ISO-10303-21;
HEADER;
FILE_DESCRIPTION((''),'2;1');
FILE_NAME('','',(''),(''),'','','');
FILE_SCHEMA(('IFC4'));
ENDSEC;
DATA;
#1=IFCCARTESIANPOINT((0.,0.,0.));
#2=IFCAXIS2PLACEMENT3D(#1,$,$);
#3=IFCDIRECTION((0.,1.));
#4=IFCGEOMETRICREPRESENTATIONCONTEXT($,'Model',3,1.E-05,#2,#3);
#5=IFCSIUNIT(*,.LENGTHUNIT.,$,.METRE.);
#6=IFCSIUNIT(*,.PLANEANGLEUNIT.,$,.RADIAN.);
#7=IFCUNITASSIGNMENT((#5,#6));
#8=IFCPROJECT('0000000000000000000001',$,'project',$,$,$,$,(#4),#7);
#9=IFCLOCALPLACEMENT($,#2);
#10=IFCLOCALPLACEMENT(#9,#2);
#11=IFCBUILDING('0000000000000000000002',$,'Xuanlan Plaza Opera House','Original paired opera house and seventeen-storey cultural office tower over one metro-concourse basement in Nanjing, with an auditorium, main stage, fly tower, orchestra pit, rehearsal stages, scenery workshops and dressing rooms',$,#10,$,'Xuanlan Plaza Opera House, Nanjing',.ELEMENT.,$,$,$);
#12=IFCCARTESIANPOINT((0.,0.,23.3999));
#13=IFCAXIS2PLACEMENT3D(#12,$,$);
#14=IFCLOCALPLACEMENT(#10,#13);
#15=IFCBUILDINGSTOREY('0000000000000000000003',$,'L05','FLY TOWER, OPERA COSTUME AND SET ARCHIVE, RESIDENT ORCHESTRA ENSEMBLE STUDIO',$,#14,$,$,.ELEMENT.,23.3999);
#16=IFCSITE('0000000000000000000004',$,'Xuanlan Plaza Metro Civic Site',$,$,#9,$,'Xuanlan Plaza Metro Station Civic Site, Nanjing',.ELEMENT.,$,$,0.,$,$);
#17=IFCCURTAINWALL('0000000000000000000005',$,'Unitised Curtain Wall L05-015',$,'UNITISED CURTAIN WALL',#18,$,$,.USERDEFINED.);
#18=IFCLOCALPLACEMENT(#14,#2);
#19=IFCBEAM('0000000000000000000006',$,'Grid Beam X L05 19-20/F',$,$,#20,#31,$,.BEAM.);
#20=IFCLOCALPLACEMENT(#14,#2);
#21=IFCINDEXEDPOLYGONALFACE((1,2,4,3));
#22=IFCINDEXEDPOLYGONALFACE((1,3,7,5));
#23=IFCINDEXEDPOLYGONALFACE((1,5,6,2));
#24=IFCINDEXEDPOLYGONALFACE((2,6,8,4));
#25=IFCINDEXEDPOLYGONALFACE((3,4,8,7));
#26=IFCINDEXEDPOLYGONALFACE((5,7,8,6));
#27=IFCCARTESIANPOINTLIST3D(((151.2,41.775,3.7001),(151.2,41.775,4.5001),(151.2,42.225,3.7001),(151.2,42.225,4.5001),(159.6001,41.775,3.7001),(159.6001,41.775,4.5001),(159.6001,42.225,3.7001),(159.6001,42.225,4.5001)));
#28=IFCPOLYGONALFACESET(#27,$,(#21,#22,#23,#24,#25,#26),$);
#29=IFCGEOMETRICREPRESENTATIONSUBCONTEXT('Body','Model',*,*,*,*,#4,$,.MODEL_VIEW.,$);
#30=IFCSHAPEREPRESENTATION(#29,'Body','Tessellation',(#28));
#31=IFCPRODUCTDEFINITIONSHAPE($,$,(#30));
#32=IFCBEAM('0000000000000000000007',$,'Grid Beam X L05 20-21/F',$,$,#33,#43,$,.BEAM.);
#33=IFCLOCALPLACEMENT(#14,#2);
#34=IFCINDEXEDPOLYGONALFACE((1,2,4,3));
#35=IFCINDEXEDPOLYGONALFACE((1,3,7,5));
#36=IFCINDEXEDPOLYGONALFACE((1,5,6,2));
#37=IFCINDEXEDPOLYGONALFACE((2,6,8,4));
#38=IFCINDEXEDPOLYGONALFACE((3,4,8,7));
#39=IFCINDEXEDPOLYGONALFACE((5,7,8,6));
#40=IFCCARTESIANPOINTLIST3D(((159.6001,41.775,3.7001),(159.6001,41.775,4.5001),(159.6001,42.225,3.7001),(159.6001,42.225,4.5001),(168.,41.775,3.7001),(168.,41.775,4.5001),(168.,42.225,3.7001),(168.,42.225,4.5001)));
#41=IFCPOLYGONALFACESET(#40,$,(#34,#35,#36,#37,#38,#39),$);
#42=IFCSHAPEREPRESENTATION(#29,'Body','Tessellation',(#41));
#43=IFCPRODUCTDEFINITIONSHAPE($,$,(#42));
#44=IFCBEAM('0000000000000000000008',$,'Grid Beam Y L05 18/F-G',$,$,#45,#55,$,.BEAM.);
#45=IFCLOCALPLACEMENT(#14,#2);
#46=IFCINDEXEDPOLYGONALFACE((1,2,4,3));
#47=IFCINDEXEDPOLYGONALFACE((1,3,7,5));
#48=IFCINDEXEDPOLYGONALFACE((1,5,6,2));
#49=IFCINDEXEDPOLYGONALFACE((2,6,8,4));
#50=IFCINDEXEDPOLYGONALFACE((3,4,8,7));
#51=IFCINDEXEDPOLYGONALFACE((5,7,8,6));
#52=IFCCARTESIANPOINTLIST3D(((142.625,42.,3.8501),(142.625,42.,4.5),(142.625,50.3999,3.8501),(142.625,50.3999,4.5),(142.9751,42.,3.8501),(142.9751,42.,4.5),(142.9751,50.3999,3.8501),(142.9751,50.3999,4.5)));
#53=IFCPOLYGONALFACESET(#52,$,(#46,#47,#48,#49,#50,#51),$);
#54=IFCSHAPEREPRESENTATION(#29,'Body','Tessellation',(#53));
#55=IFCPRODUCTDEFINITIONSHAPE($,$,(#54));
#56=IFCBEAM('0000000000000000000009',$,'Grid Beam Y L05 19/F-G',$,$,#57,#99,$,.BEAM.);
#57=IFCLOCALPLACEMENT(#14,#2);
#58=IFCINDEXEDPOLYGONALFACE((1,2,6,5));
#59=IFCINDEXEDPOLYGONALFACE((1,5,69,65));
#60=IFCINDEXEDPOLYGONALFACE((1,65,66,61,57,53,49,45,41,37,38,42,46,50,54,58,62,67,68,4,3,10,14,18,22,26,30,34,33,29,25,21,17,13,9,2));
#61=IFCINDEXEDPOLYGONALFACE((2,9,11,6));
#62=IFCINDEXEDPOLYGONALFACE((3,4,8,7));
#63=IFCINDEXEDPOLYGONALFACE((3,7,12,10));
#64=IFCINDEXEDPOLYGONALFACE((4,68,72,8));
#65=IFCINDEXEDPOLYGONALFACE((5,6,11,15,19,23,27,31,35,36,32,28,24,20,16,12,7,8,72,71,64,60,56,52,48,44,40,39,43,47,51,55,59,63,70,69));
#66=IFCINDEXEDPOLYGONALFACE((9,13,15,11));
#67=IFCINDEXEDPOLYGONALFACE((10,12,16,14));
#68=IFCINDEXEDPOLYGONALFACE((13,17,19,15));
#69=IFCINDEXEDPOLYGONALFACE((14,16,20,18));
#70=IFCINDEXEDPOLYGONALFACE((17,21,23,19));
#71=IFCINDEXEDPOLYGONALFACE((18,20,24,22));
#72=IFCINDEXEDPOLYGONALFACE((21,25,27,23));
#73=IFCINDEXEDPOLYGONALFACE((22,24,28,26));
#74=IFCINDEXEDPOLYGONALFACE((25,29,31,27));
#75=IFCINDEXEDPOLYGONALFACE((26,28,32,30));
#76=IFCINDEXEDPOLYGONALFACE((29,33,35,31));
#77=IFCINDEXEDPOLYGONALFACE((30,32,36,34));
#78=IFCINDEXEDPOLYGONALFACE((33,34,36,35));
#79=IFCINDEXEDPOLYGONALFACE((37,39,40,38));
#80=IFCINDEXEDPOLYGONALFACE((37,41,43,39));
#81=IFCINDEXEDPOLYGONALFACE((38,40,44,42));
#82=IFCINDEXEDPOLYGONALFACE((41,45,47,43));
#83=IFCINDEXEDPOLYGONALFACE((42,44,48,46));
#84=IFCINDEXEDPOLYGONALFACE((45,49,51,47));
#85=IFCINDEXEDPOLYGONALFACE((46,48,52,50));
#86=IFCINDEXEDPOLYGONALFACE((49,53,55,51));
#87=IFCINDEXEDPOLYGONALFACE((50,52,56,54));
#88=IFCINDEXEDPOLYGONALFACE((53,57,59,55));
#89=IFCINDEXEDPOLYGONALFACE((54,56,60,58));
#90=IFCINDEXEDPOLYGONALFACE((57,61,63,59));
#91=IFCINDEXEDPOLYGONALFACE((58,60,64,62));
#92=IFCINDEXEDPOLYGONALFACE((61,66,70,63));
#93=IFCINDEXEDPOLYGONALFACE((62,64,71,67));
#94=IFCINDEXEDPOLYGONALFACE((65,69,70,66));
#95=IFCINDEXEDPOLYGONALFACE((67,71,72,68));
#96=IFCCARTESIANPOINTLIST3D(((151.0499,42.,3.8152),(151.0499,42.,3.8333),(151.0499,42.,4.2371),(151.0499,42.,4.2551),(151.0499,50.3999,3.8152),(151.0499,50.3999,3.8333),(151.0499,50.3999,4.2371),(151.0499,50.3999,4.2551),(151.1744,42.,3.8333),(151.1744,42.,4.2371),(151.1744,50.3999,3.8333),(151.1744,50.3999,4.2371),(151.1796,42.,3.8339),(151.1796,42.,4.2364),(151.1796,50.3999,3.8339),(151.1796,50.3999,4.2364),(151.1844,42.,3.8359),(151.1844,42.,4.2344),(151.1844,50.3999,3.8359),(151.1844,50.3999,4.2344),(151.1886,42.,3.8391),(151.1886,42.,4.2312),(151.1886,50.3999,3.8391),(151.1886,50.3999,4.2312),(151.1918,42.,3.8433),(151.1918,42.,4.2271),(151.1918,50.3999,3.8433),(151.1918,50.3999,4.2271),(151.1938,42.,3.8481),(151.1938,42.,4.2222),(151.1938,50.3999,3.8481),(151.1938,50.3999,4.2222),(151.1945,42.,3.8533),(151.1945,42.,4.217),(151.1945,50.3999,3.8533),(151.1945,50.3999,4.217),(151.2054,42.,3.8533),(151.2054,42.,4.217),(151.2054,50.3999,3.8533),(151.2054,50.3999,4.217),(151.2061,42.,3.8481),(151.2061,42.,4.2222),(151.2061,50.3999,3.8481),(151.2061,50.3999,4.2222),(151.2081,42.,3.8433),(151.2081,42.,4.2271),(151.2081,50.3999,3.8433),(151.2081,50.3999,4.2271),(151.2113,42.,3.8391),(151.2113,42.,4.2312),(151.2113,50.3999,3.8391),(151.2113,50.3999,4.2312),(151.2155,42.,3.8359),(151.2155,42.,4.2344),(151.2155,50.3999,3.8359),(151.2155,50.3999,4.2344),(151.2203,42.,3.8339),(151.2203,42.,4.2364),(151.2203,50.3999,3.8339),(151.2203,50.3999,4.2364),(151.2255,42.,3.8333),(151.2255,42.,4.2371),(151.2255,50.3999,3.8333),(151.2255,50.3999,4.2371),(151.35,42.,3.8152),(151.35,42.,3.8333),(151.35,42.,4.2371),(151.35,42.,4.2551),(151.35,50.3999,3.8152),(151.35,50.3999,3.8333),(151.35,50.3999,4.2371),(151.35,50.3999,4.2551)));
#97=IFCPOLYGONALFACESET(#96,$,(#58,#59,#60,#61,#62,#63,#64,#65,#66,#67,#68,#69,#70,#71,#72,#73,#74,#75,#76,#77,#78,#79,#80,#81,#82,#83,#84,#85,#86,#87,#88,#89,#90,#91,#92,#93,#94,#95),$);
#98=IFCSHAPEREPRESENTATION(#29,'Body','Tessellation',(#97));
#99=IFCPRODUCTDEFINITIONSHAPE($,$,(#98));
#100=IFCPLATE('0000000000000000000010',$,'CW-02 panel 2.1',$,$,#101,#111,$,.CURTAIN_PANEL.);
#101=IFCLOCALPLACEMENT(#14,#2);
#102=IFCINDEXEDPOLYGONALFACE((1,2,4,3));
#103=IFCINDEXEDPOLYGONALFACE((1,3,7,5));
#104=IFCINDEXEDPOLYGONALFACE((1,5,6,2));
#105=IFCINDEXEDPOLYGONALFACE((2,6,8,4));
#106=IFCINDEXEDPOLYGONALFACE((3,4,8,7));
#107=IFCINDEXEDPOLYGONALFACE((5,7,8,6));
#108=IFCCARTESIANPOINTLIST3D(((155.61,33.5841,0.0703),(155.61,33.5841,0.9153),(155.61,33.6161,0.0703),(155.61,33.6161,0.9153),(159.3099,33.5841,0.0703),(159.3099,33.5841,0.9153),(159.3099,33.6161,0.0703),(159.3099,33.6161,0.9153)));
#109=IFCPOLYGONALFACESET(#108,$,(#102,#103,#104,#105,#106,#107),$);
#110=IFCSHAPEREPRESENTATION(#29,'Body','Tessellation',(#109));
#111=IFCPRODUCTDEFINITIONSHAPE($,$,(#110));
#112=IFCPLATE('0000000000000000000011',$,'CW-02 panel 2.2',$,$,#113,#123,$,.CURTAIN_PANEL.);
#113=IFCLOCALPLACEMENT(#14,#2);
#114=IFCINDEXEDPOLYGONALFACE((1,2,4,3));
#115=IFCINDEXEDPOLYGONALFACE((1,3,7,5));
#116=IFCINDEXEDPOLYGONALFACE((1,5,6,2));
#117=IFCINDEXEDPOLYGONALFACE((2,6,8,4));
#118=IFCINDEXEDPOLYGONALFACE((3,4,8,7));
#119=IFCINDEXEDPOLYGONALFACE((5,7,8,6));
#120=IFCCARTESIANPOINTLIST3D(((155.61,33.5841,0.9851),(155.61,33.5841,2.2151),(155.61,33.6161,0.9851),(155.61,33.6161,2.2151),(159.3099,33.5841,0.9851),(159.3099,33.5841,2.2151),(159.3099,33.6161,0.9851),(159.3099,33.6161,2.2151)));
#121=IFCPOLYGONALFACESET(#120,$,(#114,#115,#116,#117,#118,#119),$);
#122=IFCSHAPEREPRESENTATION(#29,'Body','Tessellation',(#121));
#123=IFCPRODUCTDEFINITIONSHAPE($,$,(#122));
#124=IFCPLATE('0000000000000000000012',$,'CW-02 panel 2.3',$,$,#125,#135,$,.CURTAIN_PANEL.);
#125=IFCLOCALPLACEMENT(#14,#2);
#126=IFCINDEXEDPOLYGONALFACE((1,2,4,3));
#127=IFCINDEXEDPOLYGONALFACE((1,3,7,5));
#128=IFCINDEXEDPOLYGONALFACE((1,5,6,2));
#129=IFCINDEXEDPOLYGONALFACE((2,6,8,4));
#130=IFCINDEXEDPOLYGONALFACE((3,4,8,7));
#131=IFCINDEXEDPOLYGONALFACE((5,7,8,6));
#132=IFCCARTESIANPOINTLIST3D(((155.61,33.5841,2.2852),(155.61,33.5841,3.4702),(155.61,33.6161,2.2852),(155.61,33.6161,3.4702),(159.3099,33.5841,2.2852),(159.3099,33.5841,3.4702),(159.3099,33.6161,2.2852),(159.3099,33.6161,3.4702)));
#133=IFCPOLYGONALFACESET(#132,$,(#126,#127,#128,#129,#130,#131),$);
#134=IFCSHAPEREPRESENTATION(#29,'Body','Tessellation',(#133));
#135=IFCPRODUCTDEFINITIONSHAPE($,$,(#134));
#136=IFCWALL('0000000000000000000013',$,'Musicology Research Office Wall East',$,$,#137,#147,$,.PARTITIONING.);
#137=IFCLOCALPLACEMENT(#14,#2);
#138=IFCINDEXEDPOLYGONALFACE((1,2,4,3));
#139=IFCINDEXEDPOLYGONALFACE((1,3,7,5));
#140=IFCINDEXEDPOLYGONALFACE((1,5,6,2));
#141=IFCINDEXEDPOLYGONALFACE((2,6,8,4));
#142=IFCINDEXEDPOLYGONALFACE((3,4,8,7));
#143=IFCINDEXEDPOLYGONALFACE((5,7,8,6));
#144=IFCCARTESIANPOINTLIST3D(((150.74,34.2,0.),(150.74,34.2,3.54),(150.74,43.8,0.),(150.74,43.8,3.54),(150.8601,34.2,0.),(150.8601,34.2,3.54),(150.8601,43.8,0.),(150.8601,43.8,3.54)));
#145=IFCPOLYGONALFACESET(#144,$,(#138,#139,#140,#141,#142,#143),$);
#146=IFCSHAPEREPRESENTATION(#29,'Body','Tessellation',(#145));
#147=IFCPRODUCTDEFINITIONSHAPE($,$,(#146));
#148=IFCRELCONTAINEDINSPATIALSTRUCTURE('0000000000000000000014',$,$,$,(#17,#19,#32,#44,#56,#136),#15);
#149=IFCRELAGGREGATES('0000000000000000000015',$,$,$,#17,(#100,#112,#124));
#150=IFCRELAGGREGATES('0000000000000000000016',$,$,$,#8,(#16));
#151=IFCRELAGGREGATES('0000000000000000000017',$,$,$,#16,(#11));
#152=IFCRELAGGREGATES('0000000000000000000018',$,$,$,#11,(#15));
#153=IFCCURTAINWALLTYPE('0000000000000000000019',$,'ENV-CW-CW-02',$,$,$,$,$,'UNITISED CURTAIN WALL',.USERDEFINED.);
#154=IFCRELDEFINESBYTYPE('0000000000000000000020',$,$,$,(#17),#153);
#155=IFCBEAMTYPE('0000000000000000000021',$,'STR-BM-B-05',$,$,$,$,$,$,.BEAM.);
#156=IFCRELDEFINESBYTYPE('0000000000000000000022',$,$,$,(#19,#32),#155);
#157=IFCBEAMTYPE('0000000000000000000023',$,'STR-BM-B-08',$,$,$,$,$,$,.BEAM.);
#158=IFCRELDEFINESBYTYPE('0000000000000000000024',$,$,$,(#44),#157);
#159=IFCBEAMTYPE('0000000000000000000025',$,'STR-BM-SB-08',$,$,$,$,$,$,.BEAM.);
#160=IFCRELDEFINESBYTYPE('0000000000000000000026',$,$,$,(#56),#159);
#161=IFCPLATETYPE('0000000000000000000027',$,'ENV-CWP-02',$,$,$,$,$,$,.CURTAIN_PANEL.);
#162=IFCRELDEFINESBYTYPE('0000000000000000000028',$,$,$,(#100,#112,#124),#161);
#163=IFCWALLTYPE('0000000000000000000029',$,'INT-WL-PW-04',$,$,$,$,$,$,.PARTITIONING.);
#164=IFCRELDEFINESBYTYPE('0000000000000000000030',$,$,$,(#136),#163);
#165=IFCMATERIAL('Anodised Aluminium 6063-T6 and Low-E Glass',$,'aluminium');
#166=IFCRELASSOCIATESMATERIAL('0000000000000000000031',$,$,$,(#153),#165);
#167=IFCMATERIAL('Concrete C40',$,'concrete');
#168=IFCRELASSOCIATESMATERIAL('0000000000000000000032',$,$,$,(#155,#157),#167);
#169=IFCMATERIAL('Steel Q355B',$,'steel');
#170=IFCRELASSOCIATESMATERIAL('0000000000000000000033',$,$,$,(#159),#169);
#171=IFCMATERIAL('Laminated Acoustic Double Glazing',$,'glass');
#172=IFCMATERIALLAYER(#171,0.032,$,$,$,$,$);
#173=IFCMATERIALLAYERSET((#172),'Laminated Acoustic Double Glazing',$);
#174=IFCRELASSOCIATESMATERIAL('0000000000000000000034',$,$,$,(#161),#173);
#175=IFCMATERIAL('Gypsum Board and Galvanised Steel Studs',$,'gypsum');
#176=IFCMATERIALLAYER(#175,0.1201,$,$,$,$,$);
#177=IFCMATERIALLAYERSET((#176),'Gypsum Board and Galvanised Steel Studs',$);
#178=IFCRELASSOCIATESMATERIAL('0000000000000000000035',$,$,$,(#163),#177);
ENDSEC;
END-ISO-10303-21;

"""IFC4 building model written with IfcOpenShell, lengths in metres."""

from ifc_helpers import new_model, si_unit, direction, frame, frame_2d, origin, origin_2d, place, context, subcontext, project, spatial, rectangle, i_section, extrude, material, layer, layer_set, material_profile, profile_set, type_object, element, aggregate, save


model = new_model("IFC4")

# Units and contexts
model_context = context("Model", 3, precision=1e-05, world=origin(), true_north=direction((0.0, 1.0)))
body_context = subcontext(model_context, "Body", "Model", "MODEL_VIEW")
ifc_project = project(units=[si_unit("LENGTHUNIT", "METRE"), si_unit("PLANEANGLEUNIT", "RADIAN")], contexts=[model_context])

# Site, building, storey
site_placement = place(None, origin())
site = spatial("IfcSite", under=ifc_project, at=site_placement, Name="Xuanlan Plaza Metro Civic Site", LongName="Xuanlan Plaza Metro Station Civic Site, Nanjing", CompositionType="ELEMENT", RefElevation=0.0)
building_placement = place(site_placement, origin())
building = spatial("IfcBuilding", under=site, at=building_placement, Name="Xuanlan Plaza Opera House", Description="Original paired opera house and seventeen-storey cultural office tower over one metro-concourse basement in Nanjing, with an auditorium, main stage, fly tower, orchestra pit, rehearsal stages, scenery workshops and dressing rooms", LongName="Xuanlan Plaza Opera House, Nanjing", CompositionType="ELEMENT")
storey_placement = place(building_placement, frame((0.0, 0.0, 23.3999)))
storey = spatial("IfcBuildingStorey", under=building, at=storey_placement, Name="L05", Description="FLY TOWER, OPERA COSTUME AND SET ARCHIVE, RESIDENT ORCHESTRA ENSEMBLE STUDIO", CompositionType="ELEMENT", Elevation=23.3999)

# Shared definitions
ifc_material_1 = material(Name="Steel Q355B", Category="steel")

# Curtain wall
ifc_material_2 = material(Name="Anodised Aluminium 6063-T6 and Low-E Glass", Category="aluminium")
curtain_wall_type = type_object("IfcCurtainWallType", Name="ENV-CW-CW-02", ElementType="UNITISED CURTAIN WALL", PredefinedType="USERDEFINED", material=ifc_material_2)
curtain_wall_placement = place(storey_placement, origin())
curtain_wall = element("IfcCurtainWall", 1, at=curtain_wall_placement, inside=storey, type_object=curtain_wall_type, Name="Unitised Curtain Wall L05-015", ObjectType="UNITISED CURTAIN WALL", PredefinedType="USERDEFINED")

# Beams
ifc_material_3 = material(Name="Concrete C40", Category="concrete")
ifc_material_profile_1 = material_profile(ifc_material_3, rectangle(XDim=0.45, YDim=0.8, at=origin_2d()), Name="RC-BM 450x800")
ifc_profile_set_1 = profile_set([ifc_material_profile_1], Name="Concrete C40")
beam_type_1 = type_object("IfcBeamType", Name="STR-BM-B-05", PredefinedType="BEAM", material=ifc_profile_set_1)
beam_1_placement = place(storey_placement, frame((151.2, 42.0, 4.1001), z_axis=(1.0, 0.0, 0.0), x_axis=(0.0, 1.0, 0.0)))
element("IfcBeam", 2, at=beam_1_placement, inside=storey, type_object=beam_type_1, Name="Grid Beam X L05 19-20/F", PredefinedType="BEAM", context=body_context, shape_type="SweptSolid", body=[
    extrude(rectangle(XDim=0.45, YDim=0.8, at=origin_2d()), origin(), (0.0, 0.0, 1.0), 8.4001),
])
beam_2_placement = place(storey_placement, frame((159.6001, 42.0, 4.1001), z_axis=(1.0, 0.0, 0.0), x_axis=(0.0, 1.0, 0.0)))
element("IfcBeam", 3, at=beam_2_placement, inside=storey, type_object=beam_type_1, Name="Grid Beam X L05 20-21/F", PredefinedType="BEAM", context=body_context, shape_type="SweptSolid", body=[
    extrude(rectangle(XDim=0.45, YDim=0.8, at=origin_2d()), origin(), (0.0, 0.0, 1.0), 8.3999),
])
ifc_material_profile_2 = material_profile(ifc_material_3, rectangle(XDim=0.3501, YDim=0.6499, at=origin_2d()), Name="RC-BM 350x650")
ifc_profile_set_2 = profile_set([ifc_material_profile_2], Name="Concrete C40")
beam_type_2 = type_object("IfcBeamType", Name="STR-BM-B-08", PredefinedType="BEAM", material=ifc_profile_set_2)
beam_3_placement = place(storey_placement, frame((142.8, 42.0, 4.175), z_axis=(0.0, 1.0, 0.0), x_axis=(-1.0, 0.0, 0.0)))
element("IfcBeam", 4, at=beam_3_placement, inside=storey, type_object=beam_type_2, Name="Grid Beam Y L05 18/F-G", PredefinedType="BEAM", context=body_context, shape_type="SweptSolid", body=[
    extrude(rectangle(XDim=0.3501, YDim=0.6499, at=origin_2d()), origin(), (0.0, 0.0, 1.0), 8.3999),
])
ifc_material_profile_3 = material_profile(ifc_material_1, i_section(OverallWidth=0.3, OverallDepth=0.4399, WebThickness=0.011, FlangeThickness=0.0181, FilletRadius=0.02, at=origin_2d()), Name="HM 440x300x11x18")
ifc_profile_set_3 = profile_set([ifc_material_profile_3], Name="Steel Q355B")
beam_type_3 = type_object("IfcBeamType", Name="STR-BM-SB-08", PredefinedType="BEAM", material=ifc_profile_set_3)
beam_4_placement = place(storey_placement, frame((151.2, 42.0, 4.0352), z_axis=(0.0, 1.0, 0.0), x_axis=(-1.0, 0.0, 0.0)))
element("IfcBeam", 5, at=beam_4_placement, inside=storey, type_object=beam_type_3, Name="Grid Beam Y L05 19/F-G", PredefinedType="BEAM", context=body_context, shape_type="SweptSolid", body=[
    extrude(i_section(OverallWidth=0.3, OverallDepth=0.4399, WebThickness=0.011, FlangeThickness=0.0181, FilletRadius=0.02, at=origin_2d()), origin(), (0.0, 0.0, 1.0), 8.3999),
])

# Plates
ifc_material_4 = material(Name="Laminated Acoustic Double Glazing", Category="glass")
ifc_layer_1 = layer(ifc_material_4, 0.032)
ifc_layer_set_1 = layer_set([ifc_layer_1], Name="Laminated Acoustic Double Glazing")
plate_type = type_object("IfcPlateType", Name="ENV-CWP-02", PredefinedType="CURTAIN_PANEL", material=ifc_layer_set_1)
plate_1_placement = place(storey_placement, frame((157.46, 33.6001, 0.0703), z_axis=(0.0, 0.0, 1.0), x_axis=(1.0, 0.0, 0.0)))
plate_1 = element("IfcPlate", 6, at=plate_1_placement, type_object=plate_type, Name="CW-02 panel 2.1", PredefinedType="CURTAIN_PANEL", context=body_context, shape_type="SweptSolid", body=[
    extrude(rectangle(XDim=3.7, YDim=0.032, at=origin_2d()), origin(), (0.0, 0.0, 1.0), 0.845),
])
plate_2_placement = place(storey_placement, frame((157.46, 33.6001, 0.9851), z_axis=(0.0, 0.0, 1.0), x_axis=(1.0, 0.0, 0.0)))
plate_2 = element("IfcPlate", 7, at=plate_2_placement, type_object=plate_type, Name="CW-02 panel 2.2", PredefinedType="CURTAIN_PANEL", context=body_context, shape_type="SweptSolid", body=[
    extrude(rectangle(XDim=3.7, YDim=0.032, at=origin_2d()), origin(), (0.0, 0.0, 1.0), 1.23),
])
plate_3_placement = place(storey_placement, frame((157.46, 33.6001, 2.2852), z_axis=(0.0, 0.0, 1.0), x_axis=(1.0, 0.0, 0.0)))
plate_3 = element("IfcPlate", 8, at=plate_3_placement, type_object=plate_type, Name="CW-02 panel 2.3", PredefinedType="CURTAIN_PANEL", context=body_context, shape_type="SweptSolid", body=[
    extrude(rectangle(XDim=3.7, YDim=0.032, at=origin_2d()), origin(), (0.0, 0.0, 1.0), 1.1851),
])
aggregate(curtain_wall, [plate_1, plate_2, plate_3])

# Wall
ifc_material_5 = material(Name="Gypsum Board and Galvanised Steel Studs", Category="gypsum")
ifc_layer_2 = layer(ifc_material_5, 0.1201)
ifc_layer_set_2 = layer_set([ifc_layer_2], Name="Gypsum Board and Galvanised Steel Studs")
wall_type = type_object("IfcWallType", Name="INT-WL-PW-04", PredefinedType="PARTITIONING", material=ifc_layer_set_2)
wall_placement = place(storey_placement, frame((150.8, 34.2, 0.0), z_axis=(0.0, 0.0, 1.0), x_axis=(0.0, 1.0, 0.0)))
element("IfcWall", 9, at=wall_placement, inside=storey, type_object=wall_type, Name="Musicology Research Office Wall East", PredefinedType="PARTITIONING", context=body_context, shape_type="SweptSolid", body=[
    extrude(rectangle(XDim=9.6001, YDim=0.1201, at=frame_2d((4.8, 0.0))), origin(), (0.0, 0.0, 1.0), 3.54),
])

save(model, "model.ifc")
